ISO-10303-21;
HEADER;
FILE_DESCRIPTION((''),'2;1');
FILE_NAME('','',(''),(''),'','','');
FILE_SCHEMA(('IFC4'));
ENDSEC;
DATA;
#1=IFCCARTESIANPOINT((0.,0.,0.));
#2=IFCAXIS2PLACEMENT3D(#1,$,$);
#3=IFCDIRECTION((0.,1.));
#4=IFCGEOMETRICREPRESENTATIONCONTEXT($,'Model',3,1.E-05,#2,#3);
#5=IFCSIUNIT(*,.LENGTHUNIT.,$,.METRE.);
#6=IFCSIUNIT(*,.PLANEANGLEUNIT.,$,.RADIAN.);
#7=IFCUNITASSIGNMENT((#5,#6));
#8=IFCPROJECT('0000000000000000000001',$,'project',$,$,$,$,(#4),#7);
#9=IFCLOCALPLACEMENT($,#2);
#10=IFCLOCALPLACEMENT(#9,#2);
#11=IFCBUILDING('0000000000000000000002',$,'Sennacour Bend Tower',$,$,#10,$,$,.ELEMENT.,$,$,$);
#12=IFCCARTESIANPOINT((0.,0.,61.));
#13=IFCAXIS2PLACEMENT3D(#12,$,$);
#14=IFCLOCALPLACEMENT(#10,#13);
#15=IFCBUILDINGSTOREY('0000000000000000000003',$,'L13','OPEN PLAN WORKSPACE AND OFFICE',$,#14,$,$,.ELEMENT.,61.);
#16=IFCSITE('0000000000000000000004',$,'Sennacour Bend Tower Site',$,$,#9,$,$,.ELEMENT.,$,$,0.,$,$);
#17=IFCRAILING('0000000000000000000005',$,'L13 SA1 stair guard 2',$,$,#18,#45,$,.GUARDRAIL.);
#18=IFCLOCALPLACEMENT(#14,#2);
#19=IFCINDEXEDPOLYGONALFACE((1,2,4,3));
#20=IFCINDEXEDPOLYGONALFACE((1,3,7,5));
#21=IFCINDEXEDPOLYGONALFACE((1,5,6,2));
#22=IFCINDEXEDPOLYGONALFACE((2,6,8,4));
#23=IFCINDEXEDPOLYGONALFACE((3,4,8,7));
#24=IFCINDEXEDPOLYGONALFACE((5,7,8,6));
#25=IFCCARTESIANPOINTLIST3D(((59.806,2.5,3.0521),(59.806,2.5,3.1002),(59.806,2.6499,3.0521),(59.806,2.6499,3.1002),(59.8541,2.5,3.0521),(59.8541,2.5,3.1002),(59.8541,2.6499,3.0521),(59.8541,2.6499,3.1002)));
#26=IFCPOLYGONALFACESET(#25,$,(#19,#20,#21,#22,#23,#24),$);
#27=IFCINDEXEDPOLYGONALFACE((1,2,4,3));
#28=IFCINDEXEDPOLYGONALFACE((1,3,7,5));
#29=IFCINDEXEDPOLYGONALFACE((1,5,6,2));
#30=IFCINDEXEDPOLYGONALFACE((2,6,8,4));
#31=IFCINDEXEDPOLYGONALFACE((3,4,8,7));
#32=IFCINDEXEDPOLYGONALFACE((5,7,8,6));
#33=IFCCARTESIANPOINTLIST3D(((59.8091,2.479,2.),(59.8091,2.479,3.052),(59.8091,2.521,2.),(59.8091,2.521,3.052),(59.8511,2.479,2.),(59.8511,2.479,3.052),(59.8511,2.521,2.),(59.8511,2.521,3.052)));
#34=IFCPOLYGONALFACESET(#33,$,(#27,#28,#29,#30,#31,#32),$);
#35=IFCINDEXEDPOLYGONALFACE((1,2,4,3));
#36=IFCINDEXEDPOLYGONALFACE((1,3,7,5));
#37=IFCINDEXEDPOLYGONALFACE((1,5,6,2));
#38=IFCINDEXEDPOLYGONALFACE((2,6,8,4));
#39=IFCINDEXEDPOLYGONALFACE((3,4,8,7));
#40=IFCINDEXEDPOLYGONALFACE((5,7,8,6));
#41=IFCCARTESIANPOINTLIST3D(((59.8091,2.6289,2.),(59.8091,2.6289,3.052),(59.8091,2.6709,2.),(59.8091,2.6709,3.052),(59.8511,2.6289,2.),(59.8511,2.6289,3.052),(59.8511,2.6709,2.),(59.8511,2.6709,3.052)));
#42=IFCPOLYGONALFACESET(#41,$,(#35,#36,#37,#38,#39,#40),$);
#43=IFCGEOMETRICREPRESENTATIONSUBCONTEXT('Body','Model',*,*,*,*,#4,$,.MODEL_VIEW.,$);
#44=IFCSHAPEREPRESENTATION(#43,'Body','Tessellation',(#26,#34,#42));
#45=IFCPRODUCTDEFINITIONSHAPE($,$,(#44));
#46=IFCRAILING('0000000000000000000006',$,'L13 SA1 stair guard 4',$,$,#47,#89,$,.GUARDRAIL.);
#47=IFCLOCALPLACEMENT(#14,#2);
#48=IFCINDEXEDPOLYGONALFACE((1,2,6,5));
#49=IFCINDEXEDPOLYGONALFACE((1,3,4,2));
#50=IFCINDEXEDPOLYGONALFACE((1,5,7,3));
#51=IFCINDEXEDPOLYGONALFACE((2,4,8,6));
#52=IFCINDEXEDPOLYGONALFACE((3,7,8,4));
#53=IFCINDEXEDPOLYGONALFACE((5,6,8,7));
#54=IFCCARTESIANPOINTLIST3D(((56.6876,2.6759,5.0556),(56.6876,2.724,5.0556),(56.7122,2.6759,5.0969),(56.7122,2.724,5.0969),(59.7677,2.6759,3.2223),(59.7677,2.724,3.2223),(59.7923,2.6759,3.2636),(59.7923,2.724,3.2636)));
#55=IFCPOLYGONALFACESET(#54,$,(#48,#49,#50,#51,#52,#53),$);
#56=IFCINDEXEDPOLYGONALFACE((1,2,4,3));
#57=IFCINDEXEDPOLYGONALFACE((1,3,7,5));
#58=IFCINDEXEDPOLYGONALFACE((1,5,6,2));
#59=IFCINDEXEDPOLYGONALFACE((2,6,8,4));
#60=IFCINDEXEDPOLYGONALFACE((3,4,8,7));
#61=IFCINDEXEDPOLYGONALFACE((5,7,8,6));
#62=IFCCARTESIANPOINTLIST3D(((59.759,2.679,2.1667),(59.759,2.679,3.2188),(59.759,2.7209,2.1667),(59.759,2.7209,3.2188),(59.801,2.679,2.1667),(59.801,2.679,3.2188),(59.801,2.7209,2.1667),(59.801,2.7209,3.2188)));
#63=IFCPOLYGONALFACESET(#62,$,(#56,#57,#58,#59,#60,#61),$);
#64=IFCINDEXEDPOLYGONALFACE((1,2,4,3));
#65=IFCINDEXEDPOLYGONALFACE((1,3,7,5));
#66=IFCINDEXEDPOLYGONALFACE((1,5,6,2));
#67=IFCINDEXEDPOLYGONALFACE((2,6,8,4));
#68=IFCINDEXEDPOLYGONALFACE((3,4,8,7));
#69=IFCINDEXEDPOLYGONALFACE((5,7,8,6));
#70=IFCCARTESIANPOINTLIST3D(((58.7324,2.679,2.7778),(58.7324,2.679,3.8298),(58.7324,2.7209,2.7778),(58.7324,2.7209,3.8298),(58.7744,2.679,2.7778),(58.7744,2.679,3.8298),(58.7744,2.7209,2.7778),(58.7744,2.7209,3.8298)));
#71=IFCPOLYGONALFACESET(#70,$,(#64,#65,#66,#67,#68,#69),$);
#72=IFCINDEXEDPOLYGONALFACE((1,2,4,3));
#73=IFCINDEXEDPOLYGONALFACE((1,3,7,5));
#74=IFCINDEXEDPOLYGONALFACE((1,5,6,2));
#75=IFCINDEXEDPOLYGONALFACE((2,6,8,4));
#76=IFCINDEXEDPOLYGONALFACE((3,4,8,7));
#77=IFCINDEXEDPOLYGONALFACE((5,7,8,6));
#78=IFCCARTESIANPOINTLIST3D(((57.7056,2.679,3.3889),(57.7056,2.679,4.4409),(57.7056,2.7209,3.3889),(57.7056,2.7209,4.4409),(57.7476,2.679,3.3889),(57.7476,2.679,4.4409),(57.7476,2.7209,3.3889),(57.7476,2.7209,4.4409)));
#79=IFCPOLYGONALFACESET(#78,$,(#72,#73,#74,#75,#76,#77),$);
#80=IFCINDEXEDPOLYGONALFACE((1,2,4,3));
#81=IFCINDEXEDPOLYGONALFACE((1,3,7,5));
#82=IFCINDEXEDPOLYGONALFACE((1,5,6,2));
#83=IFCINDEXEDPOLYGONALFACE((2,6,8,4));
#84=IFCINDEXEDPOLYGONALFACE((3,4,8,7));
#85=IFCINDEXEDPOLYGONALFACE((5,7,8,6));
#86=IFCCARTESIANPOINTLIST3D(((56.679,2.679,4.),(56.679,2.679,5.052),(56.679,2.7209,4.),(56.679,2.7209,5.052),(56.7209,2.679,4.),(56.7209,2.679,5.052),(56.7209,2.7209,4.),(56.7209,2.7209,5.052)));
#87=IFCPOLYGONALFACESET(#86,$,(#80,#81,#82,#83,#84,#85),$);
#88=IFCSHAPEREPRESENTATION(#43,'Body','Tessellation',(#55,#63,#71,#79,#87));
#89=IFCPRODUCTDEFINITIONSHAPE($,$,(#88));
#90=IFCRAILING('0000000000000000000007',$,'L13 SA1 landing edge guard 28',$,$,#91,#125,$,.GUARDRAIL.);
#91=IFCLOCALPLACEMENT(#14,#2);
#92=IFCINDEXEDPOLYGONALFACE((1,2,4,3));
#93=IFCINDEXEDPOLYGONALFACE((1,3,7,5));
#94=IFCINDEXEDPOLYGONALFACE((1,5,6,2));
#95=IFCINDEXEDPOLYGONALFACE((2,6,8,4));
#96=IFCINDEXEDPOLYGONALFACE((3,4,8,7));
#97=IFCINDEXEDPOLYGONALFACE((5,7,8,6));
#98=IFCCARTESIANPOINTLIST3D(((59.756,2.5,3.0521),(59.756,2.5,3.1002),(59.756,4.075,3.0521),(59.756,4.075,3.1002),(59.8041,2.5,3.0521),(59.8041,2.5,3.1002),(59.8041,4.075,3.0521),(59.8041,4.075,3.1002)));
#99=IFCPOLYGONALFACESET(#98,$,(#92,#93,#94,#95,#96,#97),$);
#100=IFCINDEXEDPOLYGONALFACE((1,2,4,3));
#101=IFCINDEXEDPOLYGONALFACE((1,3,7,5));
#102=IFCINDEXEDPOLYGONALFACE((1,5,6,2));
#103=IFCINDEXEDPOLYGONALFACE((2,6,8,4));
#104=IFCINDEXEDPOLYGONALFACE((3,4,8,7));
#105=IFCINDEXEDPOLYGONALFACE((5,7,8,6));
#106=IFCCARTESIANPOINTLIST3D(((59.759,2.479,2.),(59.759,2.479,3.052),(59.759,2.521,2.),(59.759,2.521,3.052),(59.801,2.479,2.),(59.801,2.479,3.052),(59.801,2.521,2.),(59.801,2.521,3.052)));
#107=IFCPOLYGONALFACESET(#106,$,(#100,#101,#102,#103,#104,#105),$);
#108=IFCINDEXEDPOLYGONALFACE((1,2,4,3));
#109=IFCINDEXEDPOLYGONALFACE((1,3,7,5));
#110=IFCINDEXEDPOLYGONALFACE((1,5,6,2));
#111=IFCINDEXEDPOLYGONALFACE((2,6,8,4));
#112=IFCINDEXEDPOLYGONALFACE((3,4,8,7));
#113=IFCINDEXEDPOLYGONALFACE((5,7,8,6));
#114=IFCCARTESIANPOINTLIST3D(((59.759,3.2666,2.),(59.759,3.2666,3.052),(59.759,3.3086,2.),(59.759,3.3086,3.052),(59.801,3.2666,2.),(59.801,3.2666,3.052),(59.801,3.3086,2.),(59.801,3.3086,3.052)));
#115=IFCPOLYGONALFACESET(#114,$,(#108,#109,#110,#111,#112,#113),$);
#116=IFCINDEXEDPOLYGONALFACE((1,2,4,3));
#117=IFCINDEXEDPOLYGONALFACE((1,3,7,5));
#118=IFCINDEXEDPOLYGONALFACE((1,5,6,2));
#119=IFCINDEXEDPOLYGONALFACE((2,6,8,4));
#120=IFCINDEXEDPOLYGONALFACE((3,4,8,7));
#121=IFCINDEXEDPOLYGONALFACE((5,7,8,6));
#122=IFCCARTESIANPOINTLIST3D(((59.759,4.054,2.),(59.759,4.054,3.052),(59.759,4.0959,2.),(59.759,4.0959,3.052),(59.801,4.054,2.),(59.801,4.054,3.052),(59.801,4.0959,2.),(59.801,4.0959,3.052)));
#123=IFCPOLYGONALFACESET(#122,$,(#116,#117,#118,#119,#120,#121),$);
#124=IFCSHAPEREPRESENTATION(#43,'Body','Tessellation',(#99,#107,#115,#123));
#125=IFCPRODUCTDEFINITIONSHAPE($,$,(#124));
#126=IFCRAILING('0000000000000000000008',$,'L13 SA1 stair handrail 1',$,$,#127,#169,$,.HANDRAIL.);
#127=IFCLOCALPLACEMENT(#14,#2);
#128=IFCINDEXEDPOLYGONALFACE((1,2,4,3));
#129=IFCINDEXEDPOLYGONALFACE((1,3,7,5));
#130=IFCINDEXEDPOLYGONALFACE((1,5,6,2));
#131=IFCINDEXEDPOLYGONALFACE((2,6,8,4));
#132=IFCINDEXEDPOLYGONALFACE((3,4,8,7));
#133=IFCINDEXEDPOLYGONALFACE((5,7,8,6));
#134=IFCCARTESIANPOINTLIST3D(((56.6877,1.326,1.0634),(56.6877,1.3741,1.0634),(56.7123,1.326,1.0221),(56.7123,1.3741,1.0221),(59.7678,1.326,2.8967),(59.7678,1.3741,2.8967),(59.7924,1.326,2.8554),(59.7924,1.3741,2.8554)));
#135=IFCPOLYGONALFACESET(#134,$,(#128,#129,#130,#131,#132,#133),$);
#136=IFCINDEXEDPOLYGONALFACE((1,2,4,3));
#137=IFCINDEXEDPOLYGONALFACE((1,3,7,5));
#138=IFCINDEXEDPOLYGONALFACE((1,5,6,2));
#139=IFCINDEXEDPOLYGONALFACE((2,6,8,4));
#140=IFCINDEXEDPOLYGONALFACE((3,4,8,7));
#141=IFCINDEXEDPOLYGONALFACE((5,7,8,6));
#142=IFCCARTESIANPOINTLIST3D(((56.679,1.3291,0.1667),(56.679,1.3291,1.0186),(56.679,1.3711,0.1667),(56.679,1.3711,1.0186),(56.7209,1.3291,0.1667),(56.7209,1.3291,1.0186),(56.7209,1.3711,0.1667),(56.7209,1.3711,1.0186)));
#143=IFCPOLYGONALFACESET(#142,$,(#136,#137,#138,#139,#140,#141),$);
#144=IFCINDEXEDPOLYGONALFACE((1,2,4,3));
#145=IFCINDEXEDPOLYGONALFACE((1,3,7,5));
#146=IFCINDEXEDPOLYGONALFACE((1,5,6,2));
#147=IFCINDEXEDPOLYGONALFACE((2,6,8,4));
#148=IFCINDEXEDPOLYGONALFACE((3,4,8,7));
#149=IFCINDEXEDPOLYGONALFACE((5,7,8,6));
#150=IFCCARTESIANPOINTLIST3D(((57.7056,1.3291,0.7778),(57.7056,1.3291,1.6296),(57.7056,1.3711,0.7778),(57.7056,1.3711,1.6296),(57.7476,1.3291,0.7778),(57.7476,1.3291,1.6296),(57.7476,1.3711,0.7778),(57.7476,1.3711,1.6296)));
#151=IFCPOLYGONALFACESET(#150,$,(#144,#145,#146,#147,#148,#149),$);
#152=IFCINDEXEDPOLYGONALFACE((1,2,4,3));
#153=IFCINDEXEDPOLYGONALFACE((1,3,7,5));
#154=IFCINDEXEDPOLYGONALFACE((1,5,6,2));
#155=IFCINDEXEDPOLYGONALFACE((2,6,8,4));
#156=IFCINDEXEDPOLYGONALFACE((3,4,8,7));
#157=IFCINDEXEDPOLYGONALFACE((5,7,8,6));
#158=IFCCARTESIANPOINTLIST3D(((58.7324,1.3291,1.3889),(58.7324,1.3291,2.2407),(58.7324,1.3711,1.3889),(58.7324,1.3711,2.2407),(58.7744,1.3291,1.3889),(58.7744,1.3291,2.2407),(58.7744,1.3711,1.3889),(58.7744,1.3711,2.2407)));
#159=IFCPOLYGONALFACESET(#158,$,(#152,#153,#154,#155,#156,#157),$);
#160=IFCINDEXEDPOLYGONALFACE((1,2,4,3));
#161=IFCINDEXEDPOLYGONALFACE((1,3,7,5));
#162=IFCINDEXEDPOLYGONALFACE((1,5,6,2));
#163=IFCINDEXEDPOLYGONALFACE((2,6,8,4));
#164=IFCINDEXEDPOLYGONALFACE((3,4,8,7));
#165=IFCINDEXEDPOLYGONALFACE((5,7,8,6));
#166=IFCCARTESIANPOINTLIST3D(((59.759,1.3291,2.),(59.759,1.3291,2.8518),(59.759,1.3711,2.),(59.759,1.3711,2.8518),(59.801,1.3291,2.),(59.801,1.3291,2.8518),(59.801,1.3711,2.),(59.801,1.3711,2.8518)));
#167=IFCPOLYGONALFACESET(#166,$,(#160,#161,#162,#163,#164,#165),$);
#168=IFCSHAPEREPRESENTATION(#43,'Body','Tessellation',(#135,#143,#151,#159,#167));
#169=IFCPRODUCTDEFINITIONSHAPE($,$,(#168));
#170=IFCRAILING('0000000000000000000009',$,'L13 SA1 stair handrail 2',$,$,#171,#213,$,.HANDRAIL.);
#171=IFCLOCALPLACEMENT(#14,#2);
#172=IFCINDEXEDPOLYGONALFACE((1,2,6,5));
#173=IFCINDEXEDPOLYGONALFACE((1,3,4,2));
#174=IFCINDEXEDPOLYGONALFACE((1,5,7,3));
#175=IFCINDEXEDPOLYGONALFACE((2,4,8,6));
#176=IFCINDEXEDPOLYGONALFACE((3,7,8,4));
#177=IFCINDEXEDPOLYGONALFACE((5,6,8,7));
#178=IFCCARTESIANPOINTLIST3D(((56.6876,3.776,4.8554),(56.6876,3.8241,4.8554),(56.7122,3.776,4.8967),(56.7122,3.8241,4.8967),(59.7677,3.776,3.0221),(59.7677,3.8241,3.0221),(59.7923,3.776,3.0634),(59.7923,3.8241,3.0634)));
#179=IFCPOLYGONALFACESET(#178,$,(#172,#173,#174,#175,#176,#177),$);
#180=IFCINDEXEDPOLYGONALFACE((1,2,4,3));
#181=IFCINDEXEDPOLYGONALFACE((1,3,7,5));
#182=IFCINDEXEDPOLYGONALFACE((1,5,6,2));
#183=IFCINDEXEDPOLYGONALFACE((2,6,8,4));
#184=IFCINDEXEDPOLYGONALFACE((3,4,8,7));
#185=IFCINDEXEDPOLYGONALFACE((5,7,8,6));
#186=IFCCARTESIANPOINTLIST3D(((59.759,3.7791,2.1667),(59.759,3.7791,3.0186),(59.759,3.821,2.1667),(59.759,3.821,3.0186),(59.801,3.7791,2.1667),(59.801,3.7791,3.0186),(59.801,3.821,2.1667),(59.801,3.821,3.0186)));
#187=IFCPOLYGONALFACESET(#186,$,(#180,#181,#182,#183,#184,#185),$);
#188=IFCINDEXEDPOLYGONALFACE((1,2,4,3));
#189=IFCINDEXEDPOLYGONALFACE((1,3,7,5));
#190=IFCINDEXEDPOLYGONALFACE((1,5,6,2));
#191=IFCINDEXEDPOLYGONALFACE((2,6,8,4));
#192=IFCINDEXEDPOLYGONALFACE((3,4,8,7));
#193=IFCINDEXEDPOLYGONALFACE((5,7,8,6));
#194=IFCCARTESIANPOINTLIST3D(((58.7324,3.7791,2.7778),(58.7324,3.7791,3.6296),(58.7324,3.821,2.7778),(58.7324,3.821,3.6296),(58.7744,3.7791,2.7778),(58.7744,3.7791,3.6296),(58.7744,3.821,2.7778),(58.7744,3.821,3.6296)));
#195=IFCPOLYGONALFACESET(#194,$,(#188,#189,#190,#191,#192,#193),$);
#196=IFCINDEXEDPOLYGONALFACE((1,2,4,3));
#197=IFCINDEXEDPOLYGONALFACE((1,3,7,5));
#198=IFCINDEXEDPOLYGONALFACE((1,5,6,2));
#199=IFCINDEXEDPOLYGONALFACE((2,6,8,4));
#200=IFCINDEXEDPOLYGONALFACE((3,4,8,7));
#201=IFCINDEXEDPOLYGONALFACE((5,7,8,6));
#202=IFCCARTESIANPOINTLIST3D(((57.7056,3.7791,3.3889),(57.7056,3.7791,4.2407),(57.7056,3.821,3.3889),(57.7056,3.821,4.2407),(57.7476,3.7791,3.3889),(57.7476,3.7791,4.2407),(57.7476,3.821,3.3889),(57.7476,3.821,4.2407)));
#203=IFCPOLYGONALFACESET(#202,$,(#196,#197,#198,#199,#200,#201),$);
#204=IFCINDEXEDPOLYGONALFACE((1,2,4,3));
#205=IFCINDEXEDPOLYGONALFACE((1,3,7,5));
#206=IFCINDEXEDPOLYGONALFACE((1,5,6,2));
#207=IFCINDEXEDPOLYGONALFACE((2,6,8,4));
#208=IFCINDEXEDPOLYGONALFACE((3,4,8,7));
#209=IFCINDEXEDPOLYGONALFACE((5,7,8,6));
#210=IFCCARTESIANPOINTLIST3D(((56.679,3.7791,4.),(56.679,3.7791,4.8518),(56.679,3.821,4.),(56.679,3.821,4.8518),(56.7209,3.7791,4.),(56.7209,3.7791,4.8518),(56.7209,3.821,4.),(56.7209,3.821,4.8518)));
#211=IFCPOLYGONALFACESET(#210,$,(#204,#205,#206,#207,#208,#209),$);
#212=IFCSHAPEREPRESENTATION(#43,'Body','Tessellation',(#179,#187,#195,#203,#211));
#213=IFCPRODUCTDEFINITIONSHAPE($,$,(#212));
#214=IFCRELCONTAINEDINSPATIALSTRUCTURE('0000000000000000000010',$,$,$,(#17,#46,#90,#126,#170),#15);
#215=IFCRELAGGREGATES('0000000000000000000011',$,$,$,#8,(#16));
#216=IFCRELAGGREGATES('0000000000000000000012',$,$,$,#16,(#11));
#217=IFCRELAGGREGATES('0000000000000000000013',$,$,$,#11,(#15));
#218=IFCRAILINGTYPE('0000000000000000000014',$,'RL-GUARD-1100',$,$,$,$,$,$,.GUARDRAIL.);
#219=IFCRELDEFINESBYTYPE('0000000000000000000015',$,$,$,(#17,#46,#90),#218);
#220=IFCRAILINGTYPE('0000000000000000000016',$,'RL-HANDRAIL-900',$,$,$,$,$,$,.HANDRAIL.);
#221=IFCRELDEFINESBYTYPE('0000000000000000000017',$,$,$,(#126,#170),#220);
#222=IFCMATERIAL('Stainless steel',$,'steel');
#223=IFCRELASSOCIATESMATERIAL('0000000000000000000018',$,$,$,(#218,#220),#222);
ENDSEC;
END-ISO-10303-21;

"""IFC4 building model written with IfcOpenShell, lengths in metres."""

from ifc_helpers import new_model, si_unit, direction, frame, origin, origin_2d, place, context, subcontext, project, spatial, rectangle, extrude, material, type_object, element, save


model = new_model("IFC4")

# Units and contexts
model_context = context("Model", 3, precision=1e-05, world=origin(), true_north=direction((0.0, 1.0)))
body_context = subcontext(model_context, "Body", "Model", "MODEL_VIEW")
ifc_project = project(units=[si_unit("LENGTHUNIT", "METRE"), si_unit("PLANEANGLEUNIT", "RADIAN")], contexts=[model_context])

# Site, building, storey
site_placement = place(None, origin())
site = spatial("IfcSite", under=ifc_project, at=site_placement, Name="Sennacour Bend Tower Site", CompositionType="ELEMENT", RefElevation=0.0)
building_placement = place(site_placement, origin())
building = spatial("IfcBuilding", under=site, at=building_placement, Name="Sennacour Bend Tower", CompositionType="ELEMENT")
storey_placement = place(building_placement, frame((0.0, 0.0, 61.0)))
storey = spatial("IfcBuildingStorey", under=building, at=storey_placement, Name="L13", Description="OPEN PLAN WORKSPACE AND OFFICE", CompositionType="ELEMENT", Elevation=61.0)

# Shared definitions
ifc_material_1 = material(Name="Stainless steel", Category="steel")

# Railings
railing_type_1 = type_object("IfcRailingType", Name="RL-GUARD-1100", PredefinedType="GUARDRAIL", material=ifc_material_1)
railing_1_placement = place(storey_placement, frame((59.8301, 2.5, 2.0)))
element("IfcRailing", 1, at=railing_1_placement, inside=storey, type_object=railing_type_1, Name="L13 SA1 stair guard 2", PredefinedType="GUARDRAIL", context=body_context, shape_type="SweptSolid", body=[
    extrude(rectangle(XDim=0.0481, YDim=0.0481, at=origin_2d()), frame((0.0, 0.0, 1.0762), z_axis=(0.0, 1.0, 0.0), x_axis=(-1.0, 0.0, 0.0)), (0.0, 0.0, 1.0), 0.1499),
    extrude(rectangle(XDim=0.042, YDim=0.042, at=origin_2d()), origin(), (0.0, 0.0, 1.0), 1.052),
    extrude(rectangle(XDim=0.042, YDim=0.042, at=origin_2d()), frame((0.0, 0.1499, 0.0)), (0.0, 0.0, 1.0), 1.052),
])
railing_2_placement = place(storey_placement, frame((59.78, 2.7, 2.1667)))
element("IfcRailing", 2, at=railing_2_placement, inside=storey, type_object=railing_type_1, Name="L13 SA1 stair guard 4", PredefinedType="GUARDRAIL", context=body_context, shape_type="SweptSolid", body=[
    extrude(rectangle(XDim=0.0481, YDim=0.0481, at=origin_2d()), frame((0.0, 0.0, 1.0762), z_axis=(-0.859309, 0.0, 0.511458), x_axis=(0.0, -1.0, 0.0)), (0.0, 0.0, 1.0), 3.5845),
    extrude(rectangle(XDim=0.042, YDim=0.042, at=origin_2d()), origin(), (0.0, 0.0, 1.0), 1.052),
    extrude(rectangle(XDim=0.042, YDim=0.042, at=origin_2d()), frame((-1.0266, 0.0, 0.6111)), (0.0, 0.0, 1.0), 1.052),
    extrude(rectangle(XDim=0.042, YDim=0.042, at=origin_2d()), frame((-2.0535, 0.0, 1.2222)), (0.0, 0.0, 1.0), 1.052),
    extrude(rectangle(XDim=0.042, YDim=0.042, at=origin_2d()), frame((-3.0801, 0.0, 1.8333)), (0.0, 0.0, 1.0), 1.052),
])
railing_3_placement = place(storey_placement, frame((59.78, 2.5, 2.0)))
element("IfcRailing", 3, at=railing_3_placement, inside=storey, type_object=railing_type_1, Name="L13 SA1 landing edge guard 28", PredefinedType="GUARDRAIL", context=body_context, shape_type="SweptSolid", body=[
    extrude(rectangle(XDim=0.0481, YDim=0.0481, at=origin_2d()), frame((0.0, 0.0, 1.0762), z_axis=(0.0, 1.0, 0.0), x_axis=(-1.0, 0.0, 0.0)), (0.0, 0.0, 1.0), 1.575),
    extrude(rectangle(XDim=0.042, YDim=0.042, at=origin_2d()), origin(), (0.0, 0.0, 1.0), 1.052),
    extrude(rectangle(XDim=0.042, YDim=0.042, at=origin_2d()), frame((0.0, 0.7876, 0.0)), (0.0, 0.0, 1.0), 1.052),
    extrude(rectangle(XDim=0.042, YDim=0.042, at=origin_2d()), frame((0.0, 1.575, 0.0)), (0.0, 0.0, 1.0), 1.052),
])
railing_type_2 = type_object("IfcRailingType", Name="RL-HANDRAIL-900", PredefinedType="HANDRAIL", material=ifc_material_1)
railing_4_placement = place(storey_placement, frame((56.7, 1.3501, 0.1667)))
element("IfcRailing", 4, at=railing_4_placement, inside=storey, type_object=railing_type_2, Name="L13 SA1 stair handrail 1", PredefinedType="HANDRAIL", context=body_context, shape_type="SweptSolid", body=[
    extrude(rectangle(XDim=0.0481, YDim=0.0481, at=origin_2d()), frame((0.0, 0.0, 0.876), z_axis=(0.859309, 0.0, 0.511458), x_axis=(0.0, 1.0, 0.0)), (0.0, 0.0, 1.0), 3.5845),
    extrude(rectangle(XDim=0.042, YDim=0.042, at=origin_2d()), origin(), (0.0, 0.0, 1.0), 0.8518),
    extrude(rectangle(XDim=0.042, YDim=0.042, at=origin_2d()), frame((1.0266, 0.0, 0.6111)), (0.0, 0.0, 1.0), 0.8518),
    extrude(rectangle(XDim=0.042, YDim=0.042, at=origin_2d()), frame((2.0535, 0.0, 1.2222)), (0.0, 0.0, 1.0), 0.8518),
    extrude(rectangle(XDim=0.042, YDim=0.042, at=origin_2d()), frame((3.0801, 0.0, 1.8333)), (0.0, 0.0, 1.0), 0.8518),
])
railing_5_placement = place(storey_placement, frame((59.78, 3.8, 2.1667)))
element("IfcRailing", 5, at=railing_5_placement, inside=storey, type_object=railing_type_2, Name="L13 SA1 stair handrail 2", PredefinedType="HANDRAIL", context=body_context, shape_type="SweptSolid", body=[
    extrude(rectangle(XDim=0.0481, YDim=0.0481, at=origin_2d()), frame((0.0, 0.0, 0.876), z_axis=(-0.859309, 0.0, 0.511458), x_axis=(0.0, -1.0, 0.0)), (0.0, 0.0, 1.0), 3.5845),
    extrude(rectangle(XDim=0.042, YDim=0.042, at=origin_2d()), origin(), (0.0, 0.0, 1.0), 0.8518),
    extrude(rectangle(XDim=0.042, YDim=0.042, at=origin_2d()), frame((-1.0266, 0.0, 0.6111)), (0.0, 0.0, 1.0), 0.8518),
    extrude(rectangle(XDim=0.042, YDim=0.042, at=origin_2d()), frame((-2.0535, 0.0, 1.2222)), (0.0, 0.0, 1.0), 0.8518),
    extrude(rectangle(XDim=0.042, YDim=0.042, at=origin_2d()), frame((-3.0801, 0.0, 1.8333)), (0.0, 0.0, 1.0), 0.8518),
])

save(model, "model.ifc")
